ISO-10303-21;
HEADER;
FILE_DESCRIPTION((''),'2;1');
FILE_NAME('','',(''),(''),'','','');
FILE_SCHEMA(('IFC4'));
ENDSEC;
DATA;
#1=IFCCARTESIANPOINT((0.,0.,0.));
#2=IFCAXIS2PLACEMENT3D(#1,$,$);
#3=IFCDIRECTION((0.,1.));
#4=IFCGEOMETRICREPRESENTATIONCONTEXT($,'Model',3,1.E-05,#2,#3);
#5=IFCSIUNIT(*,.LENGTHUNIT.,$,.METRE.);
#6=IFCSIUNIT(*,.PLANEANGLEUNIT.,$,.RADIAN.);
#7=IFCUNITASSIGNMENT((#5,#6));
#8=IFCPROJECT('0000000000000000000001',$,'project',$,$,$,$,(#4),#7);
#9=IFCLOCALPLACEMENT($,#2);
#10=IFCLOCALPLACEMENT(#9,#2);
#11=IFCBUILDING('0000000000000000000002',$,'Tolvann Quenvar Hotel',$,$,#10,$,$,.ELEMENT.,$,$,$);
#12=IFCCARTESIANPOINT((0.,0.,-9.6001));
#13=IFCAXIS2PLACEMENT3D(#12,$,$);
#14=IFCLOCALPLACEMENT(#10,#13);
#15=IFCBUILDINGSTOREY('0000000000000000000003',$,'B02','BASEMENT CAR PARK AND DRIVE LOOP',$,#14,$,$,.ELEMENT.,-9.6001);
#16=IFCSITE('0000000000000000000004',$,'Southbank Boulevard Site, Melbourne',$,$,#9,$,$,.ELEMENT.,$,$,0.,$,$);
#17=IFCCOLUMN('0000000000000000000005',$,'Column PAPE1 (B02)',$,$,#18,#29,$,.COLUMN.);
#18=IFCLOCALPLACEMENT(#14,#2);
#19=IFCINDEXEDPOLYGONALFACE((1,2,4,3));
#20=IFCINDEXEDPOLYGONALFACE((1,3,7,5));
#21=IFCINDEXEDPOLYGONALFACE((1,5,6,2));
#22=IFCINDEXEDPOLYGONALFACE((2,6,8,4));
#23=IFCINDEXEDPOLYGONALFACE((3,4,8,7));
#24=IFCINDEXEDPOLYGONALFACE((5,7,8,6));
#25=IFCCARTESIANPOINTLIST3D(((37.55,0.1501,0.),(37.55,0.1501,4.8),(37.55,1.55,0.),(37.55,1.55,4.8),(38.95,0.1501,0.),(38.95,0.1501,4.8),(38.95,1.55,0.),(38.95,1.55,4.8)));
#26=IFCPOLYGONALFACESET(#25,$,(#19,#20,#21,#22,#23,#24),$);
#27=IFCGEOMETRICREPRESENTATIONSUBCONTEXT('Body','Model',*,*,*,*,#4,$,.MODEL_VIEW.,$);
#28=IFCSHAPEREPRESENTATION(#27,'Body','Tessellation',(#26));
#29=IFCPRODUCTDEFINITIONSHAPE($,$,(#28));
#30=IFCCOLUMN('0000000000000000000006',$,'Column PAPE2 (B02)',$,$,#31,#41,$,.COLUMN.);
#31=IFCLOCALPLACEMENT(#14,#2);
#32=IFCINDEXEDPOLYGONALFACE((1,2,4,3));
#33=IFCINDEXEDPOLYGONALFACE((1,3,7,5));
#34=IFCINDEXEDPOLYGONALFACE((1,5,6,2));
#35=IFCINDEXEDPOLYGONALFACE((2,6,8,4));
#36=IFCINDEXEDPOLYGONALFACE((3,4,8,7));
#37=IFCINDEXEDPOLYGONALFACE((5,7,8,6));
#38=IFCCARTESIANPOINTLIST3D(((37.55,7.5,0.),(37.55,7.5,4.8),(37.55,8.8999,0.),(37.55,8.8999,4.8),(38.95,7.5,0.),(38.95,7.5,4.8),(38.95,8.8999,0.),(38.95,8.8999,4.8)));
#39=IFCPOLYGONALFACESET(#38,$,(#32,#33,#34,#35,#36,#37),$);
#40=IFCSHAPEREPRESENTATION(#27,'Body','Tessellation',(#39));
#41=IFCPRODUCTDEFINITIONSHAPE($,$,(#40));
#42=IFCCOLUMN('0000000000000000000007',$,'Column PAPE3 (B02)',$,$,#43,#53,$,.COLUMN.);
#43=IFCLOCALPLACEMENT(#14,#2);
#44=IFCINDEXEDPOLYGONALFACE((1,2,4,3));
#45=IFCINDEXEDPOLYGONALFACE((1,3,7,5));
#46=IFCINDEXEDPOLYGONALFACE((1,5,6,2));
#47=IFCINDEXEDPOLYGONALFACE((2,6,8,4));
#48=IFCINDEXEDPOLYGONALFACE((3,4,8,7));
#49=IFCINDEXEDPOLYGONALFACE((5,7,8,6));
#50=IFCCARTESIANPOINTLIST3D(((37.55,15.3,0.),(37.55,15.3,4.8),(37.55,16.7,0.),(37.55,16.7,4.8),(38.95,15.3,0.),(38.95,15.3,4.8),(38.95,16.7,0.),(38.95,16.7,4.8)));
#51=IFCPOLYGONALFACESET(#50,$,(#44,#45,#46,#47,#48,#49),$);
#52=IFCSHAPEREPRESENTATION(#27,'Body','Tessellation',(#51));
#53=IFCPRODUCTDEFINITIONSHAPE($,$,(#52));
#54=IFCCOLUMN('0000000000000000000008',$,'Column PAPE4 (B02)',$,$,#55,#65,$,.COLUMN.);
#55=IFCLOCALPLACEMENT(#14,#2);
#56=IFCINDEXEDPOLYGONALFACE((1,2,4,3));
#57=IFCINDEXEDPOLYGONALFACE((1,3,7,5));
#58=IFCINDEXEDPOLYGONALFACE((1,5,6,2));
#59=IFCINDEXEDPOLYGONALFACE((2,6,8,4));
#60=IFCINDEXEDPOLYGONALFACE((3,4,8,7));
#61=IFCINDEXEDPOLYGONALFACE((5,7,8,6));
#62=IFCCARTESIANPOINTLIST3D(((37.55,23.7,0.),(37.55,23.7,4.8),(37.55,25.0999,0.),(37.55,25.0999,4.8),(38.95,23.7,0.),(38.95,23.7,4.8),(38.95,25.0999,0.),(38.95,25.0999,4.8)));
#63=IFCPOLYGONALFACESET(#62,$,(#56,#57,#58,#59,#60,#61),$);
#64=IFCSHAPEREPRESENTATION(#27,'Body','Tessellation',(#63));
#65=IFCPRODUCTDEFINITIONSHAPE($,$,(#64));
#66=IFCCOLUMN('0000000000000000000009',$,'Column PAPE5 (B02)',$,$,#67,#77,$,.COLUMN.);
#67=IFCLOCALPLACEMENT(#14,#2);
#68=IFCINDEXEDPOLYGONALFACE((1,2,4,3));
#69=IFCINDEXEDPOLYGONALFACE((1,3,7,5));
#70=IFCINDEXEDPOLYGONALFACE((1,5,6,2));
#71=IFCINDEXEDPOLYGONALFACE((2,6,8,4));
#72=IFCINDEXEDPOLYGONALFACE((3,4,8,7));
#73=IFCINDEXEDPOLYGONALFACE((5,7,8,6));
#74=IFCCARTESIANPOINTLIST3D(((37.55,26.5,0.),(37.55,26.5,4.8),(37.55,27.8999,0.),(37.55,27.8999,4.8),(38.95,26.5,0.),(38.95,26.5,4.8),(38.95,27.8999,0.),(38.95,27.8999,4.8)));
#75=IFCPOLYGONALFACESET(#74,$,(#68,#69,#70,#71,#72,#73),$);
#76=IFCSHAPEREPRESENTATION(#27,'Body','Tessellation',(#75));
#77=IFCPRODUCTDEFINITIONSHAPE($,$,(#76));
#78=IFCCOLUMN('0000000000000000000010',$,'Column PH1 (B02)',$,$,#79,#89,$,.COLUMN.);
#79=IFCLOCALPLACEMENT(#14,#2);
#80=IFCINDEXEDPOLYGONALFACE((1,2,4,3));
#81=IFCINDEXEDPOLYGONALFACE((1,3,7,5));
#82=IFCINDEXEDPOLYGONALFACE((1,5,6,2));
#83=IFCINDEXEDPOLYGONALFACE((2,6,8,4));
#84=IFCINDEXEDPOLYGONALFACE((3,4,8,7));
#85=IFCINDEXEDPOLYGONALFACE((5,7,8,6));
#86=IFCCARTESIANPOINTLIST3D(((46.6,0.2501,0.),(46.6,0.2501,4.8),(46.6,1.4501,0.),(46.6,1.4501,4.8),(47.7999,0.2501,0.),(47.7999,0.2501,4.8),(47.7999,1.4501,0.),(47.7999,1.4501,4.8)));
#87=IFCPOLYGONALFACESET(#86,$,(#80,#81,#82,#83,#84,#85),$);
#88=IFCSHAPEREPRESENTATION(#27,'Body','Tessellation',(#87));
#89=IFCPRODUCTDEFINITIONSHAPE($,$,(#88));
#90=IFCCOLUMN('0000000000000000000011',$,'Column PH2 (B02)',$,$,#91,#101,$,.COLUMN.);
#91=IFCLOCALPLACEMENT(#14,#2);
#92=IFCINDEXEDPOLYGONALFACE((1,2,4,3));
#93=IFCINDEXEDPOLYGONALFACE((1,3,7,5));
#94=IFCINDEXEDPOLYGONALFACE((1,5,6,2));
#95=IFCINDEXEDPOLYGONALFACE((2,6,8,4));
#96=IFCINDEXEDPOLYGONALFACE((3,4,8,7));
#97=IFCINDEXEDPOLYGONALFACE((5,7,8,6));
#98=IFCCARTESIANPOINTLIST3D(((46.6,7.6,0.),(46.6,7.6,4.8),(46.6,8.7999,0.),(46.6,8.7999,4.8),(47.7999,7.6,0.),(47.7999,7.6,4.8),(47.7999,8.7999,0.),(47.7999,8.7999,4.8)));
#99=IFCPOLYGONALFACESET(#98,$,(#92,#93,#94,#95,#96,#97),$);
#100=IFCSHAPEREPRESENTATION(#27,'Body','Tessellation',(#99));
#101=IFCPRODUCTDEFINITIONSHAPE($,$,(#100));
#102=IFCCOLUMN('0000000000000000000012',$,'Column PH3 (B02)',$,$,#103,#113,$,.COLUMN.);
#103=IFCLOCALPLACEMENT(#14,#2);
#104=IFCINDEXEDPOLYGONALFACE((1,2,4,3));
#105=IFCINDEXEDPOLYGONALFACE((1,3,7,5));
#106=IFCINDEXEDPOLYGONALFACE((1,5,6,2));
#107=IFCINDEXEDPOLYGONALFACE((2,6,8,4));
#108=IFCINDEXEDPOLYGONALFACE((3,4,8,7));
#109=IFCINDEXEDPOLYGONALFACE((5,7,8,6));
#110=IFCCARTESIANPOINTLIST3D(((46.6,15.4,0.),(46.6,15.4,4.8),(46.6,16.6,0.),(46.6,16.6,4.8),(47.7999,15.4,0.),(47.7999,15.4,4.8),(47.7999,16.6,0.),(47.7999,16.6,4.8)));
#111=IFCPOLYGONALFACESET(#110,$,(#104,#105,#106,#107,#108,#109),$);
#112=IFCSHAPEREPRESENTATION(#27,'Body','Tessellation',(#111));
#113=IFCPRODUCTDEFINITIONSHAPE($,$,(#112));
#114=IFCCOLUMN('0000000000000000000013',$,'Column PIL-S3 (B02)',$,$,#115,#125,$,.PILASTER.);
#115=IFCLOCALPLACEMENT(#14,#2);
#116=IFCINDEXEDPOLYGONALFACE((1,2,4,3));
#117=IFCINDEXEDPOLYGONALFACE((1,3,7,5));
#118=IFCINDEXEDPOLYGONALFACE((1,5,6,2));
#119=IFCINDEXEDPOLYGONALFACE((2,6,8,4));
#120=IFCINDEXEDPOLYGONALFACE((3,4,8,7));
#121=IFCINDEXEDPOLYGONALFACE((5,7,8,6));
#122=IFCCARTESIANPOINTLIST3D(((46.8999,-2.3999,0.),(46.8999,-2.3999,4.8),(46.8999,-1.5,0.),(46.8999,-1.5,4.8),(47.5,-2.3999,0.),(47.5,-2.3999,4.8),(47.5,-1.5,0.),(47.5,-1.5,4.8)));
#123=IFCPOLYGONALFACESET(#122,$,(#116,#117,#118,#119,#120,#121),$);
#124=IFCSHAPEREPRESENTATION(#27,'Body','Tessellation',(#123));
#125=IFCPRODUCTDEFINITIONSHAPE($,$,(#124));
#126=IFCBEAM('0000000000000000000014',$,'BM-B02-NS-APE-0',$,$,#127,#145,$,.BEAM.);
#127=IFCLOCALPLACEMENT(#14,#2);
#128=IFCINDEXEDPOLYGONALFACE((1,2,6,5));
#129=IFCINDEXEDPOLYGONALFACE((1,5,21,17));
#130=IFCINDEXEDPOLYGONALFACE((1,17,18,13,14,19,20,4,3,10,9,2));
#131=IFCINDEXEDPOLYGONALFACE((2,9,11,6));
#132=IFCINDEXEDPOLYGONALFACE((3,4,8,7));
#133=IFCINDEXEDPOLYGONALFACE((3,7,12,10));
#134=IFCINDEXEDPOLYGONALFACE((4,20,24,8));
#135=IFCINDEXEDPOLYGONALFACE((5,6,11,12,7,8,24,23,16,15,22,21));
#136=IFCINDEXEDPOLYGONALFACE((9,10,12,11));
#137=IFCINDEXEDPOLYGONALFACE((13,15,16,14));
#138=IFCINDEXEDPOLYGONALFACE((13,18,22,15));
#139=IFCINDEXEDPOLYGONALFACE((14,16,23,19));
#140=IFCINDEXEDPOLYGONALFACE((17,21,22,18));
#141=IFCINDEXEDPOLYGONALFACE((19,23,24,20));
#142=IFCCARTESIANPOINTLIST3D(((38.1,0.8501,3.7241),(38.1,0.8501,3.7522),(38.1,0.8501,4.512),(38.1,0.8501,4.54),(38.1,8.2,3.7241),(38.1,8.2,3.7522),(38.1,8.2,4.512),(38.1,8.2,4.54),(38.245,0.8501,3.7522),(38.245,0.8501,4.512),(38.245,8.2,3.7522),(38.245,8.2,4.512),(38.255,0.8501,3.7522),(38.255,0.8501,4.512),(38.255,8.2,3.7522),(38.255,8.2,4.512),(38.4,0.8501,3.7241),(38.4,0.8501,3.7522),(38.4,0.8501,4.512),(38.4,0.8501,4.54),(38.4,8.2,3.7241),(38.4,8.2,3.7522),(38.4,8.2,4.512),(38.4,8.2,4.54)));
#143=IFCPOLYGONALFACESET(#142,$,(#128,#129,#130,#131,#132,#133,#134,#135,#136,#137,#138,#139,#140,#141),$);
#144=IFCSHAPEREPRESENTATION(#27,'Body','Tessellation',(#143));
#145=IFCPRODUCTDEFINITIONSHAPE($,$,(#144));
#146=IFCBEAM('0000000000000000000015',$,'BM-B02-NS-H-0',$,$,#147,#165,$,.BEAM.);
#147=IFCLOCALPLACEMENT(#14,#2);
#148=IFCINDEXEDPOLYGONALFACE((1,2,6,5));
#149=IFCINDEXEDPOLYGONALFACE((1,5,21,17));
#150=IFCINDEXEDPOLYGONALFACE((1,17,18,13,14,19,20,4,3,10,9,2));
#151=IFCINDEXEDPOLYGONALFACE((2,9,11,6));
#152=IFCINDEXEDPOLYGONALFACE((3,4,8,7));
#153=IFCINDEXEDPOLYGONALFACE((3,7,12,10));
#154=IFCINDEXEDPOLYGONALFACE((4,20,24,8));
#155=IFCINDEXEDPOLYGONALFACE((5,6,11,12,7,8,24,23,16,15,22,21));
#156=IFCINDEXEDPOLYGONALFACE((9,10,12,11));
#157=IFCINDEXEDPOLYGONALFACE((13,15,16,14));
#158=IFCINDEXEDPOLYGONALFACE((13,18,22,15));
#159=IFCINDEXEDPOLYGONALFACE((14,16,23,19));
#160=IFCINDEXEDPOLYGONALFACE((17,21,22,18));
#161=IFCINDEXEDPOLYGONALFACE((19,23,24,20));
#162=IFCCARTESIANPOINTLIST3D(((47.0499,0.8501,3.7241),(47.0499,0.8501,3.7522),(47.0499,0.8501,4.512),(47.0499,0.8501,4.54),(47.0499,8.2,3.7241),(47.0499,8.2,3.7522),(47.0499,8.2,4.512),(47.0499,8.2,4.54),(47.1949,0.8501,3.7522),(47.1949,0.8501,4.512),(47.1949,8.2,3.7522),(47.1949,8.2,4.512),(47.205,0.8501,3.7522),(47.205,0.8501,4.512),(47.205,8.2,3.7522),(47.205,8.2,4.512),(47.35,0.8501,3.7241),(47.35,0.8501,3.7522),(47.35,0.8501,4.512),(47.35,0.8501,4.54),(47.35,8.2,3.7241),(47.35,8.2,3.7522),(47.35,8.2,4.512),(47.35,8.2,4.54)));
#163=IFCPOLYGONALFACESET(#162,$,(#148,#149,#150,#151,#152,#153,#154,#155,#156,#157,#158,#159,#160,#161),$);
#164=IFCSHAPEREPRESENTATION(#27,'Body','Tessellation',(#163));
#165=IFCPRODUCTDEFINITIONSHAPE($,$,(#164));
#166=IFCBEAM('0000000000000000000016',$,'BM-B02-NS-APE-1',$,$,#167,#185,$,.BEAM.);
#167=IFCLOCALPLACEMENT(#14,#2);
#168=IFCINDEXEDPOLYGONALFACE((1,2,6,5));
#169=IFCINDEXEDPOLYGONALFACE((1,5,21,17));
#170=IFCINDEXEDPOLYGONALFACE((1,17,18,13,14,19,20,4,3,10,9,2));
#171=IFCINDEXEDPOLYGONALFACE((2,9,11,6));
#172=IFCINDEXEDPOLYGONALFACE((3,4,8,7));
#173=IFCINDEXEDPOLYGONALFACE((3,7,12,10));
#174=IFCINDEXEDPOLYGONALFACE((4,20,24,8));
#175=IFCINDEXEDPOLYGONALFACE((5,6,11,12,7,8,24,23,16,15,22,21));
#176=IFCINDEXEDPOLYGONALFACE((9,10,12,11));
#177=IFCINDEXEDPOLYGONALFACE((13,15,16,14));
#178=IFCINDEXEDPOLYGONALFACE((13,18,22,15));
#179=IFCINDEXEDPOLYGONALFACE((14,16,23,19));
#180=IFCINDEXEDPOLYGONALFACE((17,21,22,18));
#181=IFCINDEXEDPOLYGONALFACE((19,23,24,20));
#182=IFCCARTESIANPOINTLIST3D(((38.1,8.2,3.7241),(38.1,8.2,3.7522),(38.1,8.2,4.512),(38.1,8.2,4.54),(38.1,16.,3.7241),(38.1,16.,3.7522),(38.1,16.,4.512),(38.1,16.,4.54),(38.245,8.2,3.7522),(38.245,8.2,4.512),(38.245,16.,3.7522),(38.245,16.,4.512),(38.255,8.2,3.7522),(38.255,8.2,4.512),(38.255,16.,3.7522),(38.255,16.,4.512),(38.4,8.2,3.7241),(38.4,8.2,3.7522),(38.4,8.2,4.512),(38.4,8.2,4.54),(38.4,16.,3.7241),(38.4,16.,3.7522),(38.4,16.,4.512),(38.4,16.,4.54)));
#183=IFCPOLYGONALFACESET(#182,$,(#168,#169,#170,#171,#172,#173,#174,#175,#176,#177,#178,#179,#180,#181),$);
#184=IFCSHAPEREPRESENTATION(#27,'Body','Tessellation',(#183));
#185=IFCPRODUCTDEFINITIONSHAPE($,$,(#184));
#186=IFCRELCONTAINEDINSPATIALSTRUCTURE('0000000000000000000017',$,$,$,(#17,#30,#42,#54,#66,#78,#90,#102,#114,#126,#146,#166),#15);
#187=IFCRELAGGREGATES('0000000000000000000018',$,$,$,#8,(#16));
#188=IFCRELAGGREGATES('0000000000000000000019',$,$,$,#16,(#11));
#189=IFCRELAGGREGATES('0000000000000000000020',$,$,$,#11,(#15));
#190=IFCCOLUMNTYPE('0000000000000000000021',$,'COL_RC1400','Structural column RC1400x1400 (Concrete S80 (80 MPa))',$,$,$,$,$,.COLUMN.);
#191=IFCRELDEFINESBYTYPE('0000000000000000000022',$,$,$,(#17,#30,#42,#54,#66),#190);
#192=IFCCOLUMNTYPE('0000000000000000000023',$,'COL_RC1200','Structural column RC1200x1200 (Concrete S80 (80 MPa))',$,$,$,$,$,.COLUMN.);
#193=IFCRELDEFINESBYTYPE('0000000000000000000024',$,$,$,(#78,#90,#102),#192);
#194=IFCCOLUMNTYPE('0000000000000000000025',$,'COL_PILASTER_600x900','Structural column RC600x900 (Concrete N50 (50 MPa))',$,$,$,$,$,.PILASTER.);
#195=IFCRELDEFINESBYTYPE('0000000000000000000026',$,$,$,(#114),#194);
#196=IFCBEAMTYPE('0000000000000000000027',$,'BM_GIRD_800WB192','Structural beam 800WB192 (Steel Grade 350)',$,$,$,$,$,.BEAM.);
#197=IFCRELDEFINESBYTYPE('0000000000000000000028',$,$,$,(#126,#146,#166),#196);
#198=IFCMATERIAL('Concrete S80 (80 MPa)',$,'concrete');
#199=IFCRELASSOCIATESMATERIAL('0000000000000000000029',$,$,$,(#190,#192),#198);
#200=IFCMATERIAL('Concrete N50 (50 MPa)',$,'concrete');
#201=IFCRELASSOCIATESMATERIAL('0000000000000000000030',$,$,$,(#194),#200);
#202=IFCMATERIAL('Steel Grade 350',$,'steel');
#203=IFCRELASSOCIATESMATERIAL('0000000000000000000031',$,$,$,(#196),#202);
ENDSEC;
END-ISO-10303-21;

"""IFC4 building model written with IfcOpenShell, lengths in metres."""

from ifc_helpers import new_model, si_unit, direction, frame, origin, origin_2d, place, context, subcontext, project, spatial, rectangle, i_section, extrude, source, transform, mapped, material, material_profile, profile_set, type_object, type_shapes, element, save


model = new_model("IFC4")

# Units and contexts
model_context = context("Model", 3, precision=1e-05, world=origin(), true_north=direction((0.0, 1.0)))
body_context = subcontext(model_context, "Body", "Model", "MODEL_VIEW")
ifc_project = project(units=[si_unit("LENGTHUNIT", "METRE"), si_unit("PLANEANGLEUNIT", "RADIAN")], contexts=[model_context])

# Site, building, storey
site_placement = place(None, origin())
site = spatial("IfcSite", under=ifc_project, at=site_placement, Name="Southbank Boulevard Site, Melbourne", CompositionType="ELEMENT", RefElevation=0.0)
building_placement = place(site_placement, origin())
building = spatial("IfcBuilding", under=site, at=building_placement, Name="Tolvann Quenvar Hotel", CompositionType="ELEMENT")
storey_placement = place(building_placement, frame((0.0, 0.0, -9.6001)))
storey = spatial("IfcBuildingStorey", under=building, at=storey_placement, Name="B02", Description="BASEMENT CAR PARK AND DRIVE LOOP", CompositionType="ELEMENT", Elevation=-9.6001)

# Columns
ifc_material_1 = material(Name="Concrete S80 (80 MPa)", Category="concrete")
ifc_material_profile_1 = material_profile(ifc_material_1, rectangle(XDim=1.3999, YDim=1.3999, at=origin_2d()), Name="RC1400x1400")
ifc_profile_set_1 = profile_set([ifc_material_profile_1], Name="Concrete S80 (80 MPa)")
column_type_1 = type_object("IfcColumnType", Name="COL_RC1400", Description="Structural column RC1400x1400 (Concrete S80 (80 MPa))", PredefinedType="COLUMN", material=ifc_profile_set_1)
shared_shape_1 = source(origin(), body_context, "Body", "SweptSolid", [
    extrude(rectangle(XDim=1.3999, YDim=1.3999, at=origin_2d()), origin(), (0.0, 0.0, 1.0), 4.8),
])
type_shapes(column_type_1, [shared_shape_1])
for number, where, z_axis, x_axis, name in (
    (1, (38.25, 0.8501, 0.0), (0.0, 0.0, 1.0), (1.0, 0.0, 0.0), "Column PAPE1 (B02)"),
    (2, (38.25, 8.2, 0.0), (0.0, 0.0, 1.0), (1.0, 0.0, 0.0), "Column PAPE2 (B02)"),
    (3, (38.25, 16.0, 0.0), (0.0, 0.0, 1.0), (1.0, 0.0, 0.0), "Column PAPE3 (B02)"),
    (4, (38.25, 24.3999, 0.0), (0.0, 0.0, 1.0), (1.0, 0.0, 0.0), "Column PAPE4 (B02)"),
    (5, (38.25, 27.2, 0.0), (0.0, 0.0, 1.0), (1.0, 0.0, 0.0), "Column PAPE5 (B02)"),
):
    element("IfcColumn", number, at=place(storey_placement, frame(where, z_axis=z_axis, x_axis=x_axis)), inside=storey, type_object=column_type_1, Name=name, PredefinedType="COLUMN", context=body_context, shape_type="MappedRepresentation", body=[
        mapped(shared_shape_1, transform((0.0, 0.0, 0.0), x_axis=(1.0, 0.0, 0.0), y_axis=(0.0, 1.0, 0.0), z_axis=(0.0, 0.0, 1.0), scale=1.0)),
    ])
ifc_material_profile_2 = material_profile(ifc_material_1, rectangle(XDim=1.2, YDim=1.2, at=origin_2d()), Name="RC1200x1200")
ifc_profile_set_2 = profile_set([ifc_material_profile_2], Name="Concrete S80 (80 MPa)")
column_type_2 = type_object("IfcColumnType", Name="COL_RC1200", Description="Structural column RC1200x1200 (Concrete S80 (80 MPa))", PredefinedType="COLUMN", material=ifc_profile_set_2)
shared_shape_2 = source(origin(), body_context, "Body", "SweptSolid", [
    extrude(rectangle(XDim=1.2, YDim=1.2, at=origin_2d()), origin(), (0.0, 0.0, 1.0), 4.8),
])
type_shapes(column_type_2, [shared_shape_2])
for number, where, z_axis, x_axis, name in (
    (6, (47.2, 0.8501, 0.0), (0.0, 0.0, 1.0), (1.0, 0.0, 0.0), "Column PH1 (B02)"),
    (7, (47.2, 8.2, 0.0), (0.0, 0.0, 1.0), (1.0, 0.0, 0.0), "Column PH2 (B02)"),
    (8, (47.2, 16.0, 0.0), (0.0, 0.0, 1.0), (1.0, 0.0, 0.0), "Column PH3 (B02)"),
):
    element("IfcColumn", number, at=place(storey_placement, frame(where, z_axis=z_axis, x_axis=x_axis)), inside=storey, type_object=column_type_2, Name=name, PredefinedType="COLUMN", context=body_context, shape_type="MappedRepresentation", body=[
        mapped(shared_shape_2, transform((0.0, 0.0, 0.0), x_axis=(1.0, 0.0, 0.0), y_axis=(0.0, 1.0, 0.0), z_axis=(0.0, 0.0, 1.0), scale=1.0)),
    ])
ifc_material_2 = material(Name="Concrete N50 (50 MPa)", Category="concrete")
ifc_material_profile_3 = material_profile(ifc_material_2, rectangle(XDim=0.6001, YDim=0.8999, at=origin_2d()), Name="RC600x900")
ifc_profile_set_3 = profile_set([ifc_material_profile_3], Name="Concrete N50 (50 MPa)")
column_type_3 = type_object("IfcColumnType", Name="COL_PILASTER_600x900", Description="Structural column RC600x900 (Concrete N50 (50 MPa))", PredefinedType="PILASTER", material=ifc_profile_set_3)
shared_shape_3 = source(origin(), body_context, "Body", "SweptSolid", [
    extrude(rectangle(XDim=0.6001, YDim=0.8999, at=origin_2d()), origin(), (0.0, 0.0, 1.0), 4.8),
])
type_shapes(column_type_3, [shared_shape_3])
column_placement = place(storey_placement, frame((47.2, -1.95, 0.0), z_axis=(0.0, 0.0, 1.0), x_axis=(1.0, 0.0, 0.0)))
element("IfcColumn", 9, at=column_placement, inside=storey, type_object=column_type_3, Name="Column PIL-S3 (B02)", PredefinedType="PILASTER", context=body_context, shape_type="MappedRepresentation", body=[
    mapped(shared_shape_3, transform((0.0, 0.0, 0.0), x_axis=(1.0, 0.0, 0.0), y_axis=(0.0, 1.0, 0.0), z_axis=(0.0, 0.0, 1.0), scale=1.0)),
])

# Beams
ifc_material_3 = material(Name="Steel Grade 350", Category="steel")
ifc_material_profile_4 = material_profile(ifc_material_3, i_section(OverallWidth=0.3, OverallDepth=0.8159, WebThickness=0.01, FlangeThickness=0.0281, at=origin_2d()), Name="800WB192")
ifc_profile_set_4 = profile_set([ifc_material_profile_4], Name="Steel Grade 350")
beam_type_1 = type_object("IfcBeamType", Name="BM_GIRD_800WB192", Description="Structural beam 800WB192 (Steel Grade 350)", PredefinedType="BEAM", material=ifc_profile_set_4)
shared_shape_4 = source(origin(), body_context, "Body", "SweptSolid", [
    extrude(i_section(OverallWidth=0.3, OverallDepth=0.8159, WebThickness=0.01, FlangeThickness=0.0281, at=origin_2d()), origin(), (0.0, 0.0, 1.0), 7.3499),
])
for number, where, z_axis, x_axis, name in (
    (10, (38.25, 0.8501, 4.1321), (0.0, 1.0, 0.0), (-1.0, 0.0, 0.0), "BM-B02-NS-APE-0"),
    (11, (47.2, 0.8501, 4.1321), (0.0, 1.0, 0.0), (-1.0, 0.0, 0.0), "BM-B02-NS-H-0"),
):
    element("IfcBeam", number, at=place(storey_placement, frame(where, z_axis=z_axis, x_axis=x_axis)), inside=storey, type_object=beam_type_1, Name=name, PredefinedType="BEAM", context=body_context, shape_type="MappedRepresentation", body=[
        mapped(shared_shape_4, transform((0.0, 0.0, 0.0), x_axis=(1.0, 0.0, 0.0), y_axis=(0.0, 1.0, 0.0), z_axis=(0.0, 0.0, 1.0), scale=1.0)),
    ])
shared_shape_5 = source(origin(), body_context, "Body", "SweptSolid", [
    extrude(i_section(OverallWidth=0.3, OverallDepth=0.8159, WebThickness=0.01, FlangeThickness=0.0281, at=origin_2d()), origin(), (0.0, 0.0, 1.0), 7.8),
])
for number, where, z_axis, x_axis, name in (
    (12, (38.25, 8.2, 4.1321), (0.0, 1.0, 0.0), (-1.0, 0.0, 0.0), "BM-B02-NS-APE-1"),
):
    element("IfcBeam", number, at=place(storey_placement, frame(where, z_axis=z_axis, x_axis=x_axis)), inside=storey, type_object=beam_type_1, Name=name, PredefinedType="BEAM", context=body_context, shape_type="MappedRepresentation", body=[
        mapped(shared_shape_5, transform((0.0, 0.0, 0.0), x_axis=(1.0, 0.0, 0.0), y_axis=(0.0, 1.0, 0.0), z_axis=(0.0, 0.0, 1.0), scale=1.0)),
    ])

save(model, "model.ifc")
